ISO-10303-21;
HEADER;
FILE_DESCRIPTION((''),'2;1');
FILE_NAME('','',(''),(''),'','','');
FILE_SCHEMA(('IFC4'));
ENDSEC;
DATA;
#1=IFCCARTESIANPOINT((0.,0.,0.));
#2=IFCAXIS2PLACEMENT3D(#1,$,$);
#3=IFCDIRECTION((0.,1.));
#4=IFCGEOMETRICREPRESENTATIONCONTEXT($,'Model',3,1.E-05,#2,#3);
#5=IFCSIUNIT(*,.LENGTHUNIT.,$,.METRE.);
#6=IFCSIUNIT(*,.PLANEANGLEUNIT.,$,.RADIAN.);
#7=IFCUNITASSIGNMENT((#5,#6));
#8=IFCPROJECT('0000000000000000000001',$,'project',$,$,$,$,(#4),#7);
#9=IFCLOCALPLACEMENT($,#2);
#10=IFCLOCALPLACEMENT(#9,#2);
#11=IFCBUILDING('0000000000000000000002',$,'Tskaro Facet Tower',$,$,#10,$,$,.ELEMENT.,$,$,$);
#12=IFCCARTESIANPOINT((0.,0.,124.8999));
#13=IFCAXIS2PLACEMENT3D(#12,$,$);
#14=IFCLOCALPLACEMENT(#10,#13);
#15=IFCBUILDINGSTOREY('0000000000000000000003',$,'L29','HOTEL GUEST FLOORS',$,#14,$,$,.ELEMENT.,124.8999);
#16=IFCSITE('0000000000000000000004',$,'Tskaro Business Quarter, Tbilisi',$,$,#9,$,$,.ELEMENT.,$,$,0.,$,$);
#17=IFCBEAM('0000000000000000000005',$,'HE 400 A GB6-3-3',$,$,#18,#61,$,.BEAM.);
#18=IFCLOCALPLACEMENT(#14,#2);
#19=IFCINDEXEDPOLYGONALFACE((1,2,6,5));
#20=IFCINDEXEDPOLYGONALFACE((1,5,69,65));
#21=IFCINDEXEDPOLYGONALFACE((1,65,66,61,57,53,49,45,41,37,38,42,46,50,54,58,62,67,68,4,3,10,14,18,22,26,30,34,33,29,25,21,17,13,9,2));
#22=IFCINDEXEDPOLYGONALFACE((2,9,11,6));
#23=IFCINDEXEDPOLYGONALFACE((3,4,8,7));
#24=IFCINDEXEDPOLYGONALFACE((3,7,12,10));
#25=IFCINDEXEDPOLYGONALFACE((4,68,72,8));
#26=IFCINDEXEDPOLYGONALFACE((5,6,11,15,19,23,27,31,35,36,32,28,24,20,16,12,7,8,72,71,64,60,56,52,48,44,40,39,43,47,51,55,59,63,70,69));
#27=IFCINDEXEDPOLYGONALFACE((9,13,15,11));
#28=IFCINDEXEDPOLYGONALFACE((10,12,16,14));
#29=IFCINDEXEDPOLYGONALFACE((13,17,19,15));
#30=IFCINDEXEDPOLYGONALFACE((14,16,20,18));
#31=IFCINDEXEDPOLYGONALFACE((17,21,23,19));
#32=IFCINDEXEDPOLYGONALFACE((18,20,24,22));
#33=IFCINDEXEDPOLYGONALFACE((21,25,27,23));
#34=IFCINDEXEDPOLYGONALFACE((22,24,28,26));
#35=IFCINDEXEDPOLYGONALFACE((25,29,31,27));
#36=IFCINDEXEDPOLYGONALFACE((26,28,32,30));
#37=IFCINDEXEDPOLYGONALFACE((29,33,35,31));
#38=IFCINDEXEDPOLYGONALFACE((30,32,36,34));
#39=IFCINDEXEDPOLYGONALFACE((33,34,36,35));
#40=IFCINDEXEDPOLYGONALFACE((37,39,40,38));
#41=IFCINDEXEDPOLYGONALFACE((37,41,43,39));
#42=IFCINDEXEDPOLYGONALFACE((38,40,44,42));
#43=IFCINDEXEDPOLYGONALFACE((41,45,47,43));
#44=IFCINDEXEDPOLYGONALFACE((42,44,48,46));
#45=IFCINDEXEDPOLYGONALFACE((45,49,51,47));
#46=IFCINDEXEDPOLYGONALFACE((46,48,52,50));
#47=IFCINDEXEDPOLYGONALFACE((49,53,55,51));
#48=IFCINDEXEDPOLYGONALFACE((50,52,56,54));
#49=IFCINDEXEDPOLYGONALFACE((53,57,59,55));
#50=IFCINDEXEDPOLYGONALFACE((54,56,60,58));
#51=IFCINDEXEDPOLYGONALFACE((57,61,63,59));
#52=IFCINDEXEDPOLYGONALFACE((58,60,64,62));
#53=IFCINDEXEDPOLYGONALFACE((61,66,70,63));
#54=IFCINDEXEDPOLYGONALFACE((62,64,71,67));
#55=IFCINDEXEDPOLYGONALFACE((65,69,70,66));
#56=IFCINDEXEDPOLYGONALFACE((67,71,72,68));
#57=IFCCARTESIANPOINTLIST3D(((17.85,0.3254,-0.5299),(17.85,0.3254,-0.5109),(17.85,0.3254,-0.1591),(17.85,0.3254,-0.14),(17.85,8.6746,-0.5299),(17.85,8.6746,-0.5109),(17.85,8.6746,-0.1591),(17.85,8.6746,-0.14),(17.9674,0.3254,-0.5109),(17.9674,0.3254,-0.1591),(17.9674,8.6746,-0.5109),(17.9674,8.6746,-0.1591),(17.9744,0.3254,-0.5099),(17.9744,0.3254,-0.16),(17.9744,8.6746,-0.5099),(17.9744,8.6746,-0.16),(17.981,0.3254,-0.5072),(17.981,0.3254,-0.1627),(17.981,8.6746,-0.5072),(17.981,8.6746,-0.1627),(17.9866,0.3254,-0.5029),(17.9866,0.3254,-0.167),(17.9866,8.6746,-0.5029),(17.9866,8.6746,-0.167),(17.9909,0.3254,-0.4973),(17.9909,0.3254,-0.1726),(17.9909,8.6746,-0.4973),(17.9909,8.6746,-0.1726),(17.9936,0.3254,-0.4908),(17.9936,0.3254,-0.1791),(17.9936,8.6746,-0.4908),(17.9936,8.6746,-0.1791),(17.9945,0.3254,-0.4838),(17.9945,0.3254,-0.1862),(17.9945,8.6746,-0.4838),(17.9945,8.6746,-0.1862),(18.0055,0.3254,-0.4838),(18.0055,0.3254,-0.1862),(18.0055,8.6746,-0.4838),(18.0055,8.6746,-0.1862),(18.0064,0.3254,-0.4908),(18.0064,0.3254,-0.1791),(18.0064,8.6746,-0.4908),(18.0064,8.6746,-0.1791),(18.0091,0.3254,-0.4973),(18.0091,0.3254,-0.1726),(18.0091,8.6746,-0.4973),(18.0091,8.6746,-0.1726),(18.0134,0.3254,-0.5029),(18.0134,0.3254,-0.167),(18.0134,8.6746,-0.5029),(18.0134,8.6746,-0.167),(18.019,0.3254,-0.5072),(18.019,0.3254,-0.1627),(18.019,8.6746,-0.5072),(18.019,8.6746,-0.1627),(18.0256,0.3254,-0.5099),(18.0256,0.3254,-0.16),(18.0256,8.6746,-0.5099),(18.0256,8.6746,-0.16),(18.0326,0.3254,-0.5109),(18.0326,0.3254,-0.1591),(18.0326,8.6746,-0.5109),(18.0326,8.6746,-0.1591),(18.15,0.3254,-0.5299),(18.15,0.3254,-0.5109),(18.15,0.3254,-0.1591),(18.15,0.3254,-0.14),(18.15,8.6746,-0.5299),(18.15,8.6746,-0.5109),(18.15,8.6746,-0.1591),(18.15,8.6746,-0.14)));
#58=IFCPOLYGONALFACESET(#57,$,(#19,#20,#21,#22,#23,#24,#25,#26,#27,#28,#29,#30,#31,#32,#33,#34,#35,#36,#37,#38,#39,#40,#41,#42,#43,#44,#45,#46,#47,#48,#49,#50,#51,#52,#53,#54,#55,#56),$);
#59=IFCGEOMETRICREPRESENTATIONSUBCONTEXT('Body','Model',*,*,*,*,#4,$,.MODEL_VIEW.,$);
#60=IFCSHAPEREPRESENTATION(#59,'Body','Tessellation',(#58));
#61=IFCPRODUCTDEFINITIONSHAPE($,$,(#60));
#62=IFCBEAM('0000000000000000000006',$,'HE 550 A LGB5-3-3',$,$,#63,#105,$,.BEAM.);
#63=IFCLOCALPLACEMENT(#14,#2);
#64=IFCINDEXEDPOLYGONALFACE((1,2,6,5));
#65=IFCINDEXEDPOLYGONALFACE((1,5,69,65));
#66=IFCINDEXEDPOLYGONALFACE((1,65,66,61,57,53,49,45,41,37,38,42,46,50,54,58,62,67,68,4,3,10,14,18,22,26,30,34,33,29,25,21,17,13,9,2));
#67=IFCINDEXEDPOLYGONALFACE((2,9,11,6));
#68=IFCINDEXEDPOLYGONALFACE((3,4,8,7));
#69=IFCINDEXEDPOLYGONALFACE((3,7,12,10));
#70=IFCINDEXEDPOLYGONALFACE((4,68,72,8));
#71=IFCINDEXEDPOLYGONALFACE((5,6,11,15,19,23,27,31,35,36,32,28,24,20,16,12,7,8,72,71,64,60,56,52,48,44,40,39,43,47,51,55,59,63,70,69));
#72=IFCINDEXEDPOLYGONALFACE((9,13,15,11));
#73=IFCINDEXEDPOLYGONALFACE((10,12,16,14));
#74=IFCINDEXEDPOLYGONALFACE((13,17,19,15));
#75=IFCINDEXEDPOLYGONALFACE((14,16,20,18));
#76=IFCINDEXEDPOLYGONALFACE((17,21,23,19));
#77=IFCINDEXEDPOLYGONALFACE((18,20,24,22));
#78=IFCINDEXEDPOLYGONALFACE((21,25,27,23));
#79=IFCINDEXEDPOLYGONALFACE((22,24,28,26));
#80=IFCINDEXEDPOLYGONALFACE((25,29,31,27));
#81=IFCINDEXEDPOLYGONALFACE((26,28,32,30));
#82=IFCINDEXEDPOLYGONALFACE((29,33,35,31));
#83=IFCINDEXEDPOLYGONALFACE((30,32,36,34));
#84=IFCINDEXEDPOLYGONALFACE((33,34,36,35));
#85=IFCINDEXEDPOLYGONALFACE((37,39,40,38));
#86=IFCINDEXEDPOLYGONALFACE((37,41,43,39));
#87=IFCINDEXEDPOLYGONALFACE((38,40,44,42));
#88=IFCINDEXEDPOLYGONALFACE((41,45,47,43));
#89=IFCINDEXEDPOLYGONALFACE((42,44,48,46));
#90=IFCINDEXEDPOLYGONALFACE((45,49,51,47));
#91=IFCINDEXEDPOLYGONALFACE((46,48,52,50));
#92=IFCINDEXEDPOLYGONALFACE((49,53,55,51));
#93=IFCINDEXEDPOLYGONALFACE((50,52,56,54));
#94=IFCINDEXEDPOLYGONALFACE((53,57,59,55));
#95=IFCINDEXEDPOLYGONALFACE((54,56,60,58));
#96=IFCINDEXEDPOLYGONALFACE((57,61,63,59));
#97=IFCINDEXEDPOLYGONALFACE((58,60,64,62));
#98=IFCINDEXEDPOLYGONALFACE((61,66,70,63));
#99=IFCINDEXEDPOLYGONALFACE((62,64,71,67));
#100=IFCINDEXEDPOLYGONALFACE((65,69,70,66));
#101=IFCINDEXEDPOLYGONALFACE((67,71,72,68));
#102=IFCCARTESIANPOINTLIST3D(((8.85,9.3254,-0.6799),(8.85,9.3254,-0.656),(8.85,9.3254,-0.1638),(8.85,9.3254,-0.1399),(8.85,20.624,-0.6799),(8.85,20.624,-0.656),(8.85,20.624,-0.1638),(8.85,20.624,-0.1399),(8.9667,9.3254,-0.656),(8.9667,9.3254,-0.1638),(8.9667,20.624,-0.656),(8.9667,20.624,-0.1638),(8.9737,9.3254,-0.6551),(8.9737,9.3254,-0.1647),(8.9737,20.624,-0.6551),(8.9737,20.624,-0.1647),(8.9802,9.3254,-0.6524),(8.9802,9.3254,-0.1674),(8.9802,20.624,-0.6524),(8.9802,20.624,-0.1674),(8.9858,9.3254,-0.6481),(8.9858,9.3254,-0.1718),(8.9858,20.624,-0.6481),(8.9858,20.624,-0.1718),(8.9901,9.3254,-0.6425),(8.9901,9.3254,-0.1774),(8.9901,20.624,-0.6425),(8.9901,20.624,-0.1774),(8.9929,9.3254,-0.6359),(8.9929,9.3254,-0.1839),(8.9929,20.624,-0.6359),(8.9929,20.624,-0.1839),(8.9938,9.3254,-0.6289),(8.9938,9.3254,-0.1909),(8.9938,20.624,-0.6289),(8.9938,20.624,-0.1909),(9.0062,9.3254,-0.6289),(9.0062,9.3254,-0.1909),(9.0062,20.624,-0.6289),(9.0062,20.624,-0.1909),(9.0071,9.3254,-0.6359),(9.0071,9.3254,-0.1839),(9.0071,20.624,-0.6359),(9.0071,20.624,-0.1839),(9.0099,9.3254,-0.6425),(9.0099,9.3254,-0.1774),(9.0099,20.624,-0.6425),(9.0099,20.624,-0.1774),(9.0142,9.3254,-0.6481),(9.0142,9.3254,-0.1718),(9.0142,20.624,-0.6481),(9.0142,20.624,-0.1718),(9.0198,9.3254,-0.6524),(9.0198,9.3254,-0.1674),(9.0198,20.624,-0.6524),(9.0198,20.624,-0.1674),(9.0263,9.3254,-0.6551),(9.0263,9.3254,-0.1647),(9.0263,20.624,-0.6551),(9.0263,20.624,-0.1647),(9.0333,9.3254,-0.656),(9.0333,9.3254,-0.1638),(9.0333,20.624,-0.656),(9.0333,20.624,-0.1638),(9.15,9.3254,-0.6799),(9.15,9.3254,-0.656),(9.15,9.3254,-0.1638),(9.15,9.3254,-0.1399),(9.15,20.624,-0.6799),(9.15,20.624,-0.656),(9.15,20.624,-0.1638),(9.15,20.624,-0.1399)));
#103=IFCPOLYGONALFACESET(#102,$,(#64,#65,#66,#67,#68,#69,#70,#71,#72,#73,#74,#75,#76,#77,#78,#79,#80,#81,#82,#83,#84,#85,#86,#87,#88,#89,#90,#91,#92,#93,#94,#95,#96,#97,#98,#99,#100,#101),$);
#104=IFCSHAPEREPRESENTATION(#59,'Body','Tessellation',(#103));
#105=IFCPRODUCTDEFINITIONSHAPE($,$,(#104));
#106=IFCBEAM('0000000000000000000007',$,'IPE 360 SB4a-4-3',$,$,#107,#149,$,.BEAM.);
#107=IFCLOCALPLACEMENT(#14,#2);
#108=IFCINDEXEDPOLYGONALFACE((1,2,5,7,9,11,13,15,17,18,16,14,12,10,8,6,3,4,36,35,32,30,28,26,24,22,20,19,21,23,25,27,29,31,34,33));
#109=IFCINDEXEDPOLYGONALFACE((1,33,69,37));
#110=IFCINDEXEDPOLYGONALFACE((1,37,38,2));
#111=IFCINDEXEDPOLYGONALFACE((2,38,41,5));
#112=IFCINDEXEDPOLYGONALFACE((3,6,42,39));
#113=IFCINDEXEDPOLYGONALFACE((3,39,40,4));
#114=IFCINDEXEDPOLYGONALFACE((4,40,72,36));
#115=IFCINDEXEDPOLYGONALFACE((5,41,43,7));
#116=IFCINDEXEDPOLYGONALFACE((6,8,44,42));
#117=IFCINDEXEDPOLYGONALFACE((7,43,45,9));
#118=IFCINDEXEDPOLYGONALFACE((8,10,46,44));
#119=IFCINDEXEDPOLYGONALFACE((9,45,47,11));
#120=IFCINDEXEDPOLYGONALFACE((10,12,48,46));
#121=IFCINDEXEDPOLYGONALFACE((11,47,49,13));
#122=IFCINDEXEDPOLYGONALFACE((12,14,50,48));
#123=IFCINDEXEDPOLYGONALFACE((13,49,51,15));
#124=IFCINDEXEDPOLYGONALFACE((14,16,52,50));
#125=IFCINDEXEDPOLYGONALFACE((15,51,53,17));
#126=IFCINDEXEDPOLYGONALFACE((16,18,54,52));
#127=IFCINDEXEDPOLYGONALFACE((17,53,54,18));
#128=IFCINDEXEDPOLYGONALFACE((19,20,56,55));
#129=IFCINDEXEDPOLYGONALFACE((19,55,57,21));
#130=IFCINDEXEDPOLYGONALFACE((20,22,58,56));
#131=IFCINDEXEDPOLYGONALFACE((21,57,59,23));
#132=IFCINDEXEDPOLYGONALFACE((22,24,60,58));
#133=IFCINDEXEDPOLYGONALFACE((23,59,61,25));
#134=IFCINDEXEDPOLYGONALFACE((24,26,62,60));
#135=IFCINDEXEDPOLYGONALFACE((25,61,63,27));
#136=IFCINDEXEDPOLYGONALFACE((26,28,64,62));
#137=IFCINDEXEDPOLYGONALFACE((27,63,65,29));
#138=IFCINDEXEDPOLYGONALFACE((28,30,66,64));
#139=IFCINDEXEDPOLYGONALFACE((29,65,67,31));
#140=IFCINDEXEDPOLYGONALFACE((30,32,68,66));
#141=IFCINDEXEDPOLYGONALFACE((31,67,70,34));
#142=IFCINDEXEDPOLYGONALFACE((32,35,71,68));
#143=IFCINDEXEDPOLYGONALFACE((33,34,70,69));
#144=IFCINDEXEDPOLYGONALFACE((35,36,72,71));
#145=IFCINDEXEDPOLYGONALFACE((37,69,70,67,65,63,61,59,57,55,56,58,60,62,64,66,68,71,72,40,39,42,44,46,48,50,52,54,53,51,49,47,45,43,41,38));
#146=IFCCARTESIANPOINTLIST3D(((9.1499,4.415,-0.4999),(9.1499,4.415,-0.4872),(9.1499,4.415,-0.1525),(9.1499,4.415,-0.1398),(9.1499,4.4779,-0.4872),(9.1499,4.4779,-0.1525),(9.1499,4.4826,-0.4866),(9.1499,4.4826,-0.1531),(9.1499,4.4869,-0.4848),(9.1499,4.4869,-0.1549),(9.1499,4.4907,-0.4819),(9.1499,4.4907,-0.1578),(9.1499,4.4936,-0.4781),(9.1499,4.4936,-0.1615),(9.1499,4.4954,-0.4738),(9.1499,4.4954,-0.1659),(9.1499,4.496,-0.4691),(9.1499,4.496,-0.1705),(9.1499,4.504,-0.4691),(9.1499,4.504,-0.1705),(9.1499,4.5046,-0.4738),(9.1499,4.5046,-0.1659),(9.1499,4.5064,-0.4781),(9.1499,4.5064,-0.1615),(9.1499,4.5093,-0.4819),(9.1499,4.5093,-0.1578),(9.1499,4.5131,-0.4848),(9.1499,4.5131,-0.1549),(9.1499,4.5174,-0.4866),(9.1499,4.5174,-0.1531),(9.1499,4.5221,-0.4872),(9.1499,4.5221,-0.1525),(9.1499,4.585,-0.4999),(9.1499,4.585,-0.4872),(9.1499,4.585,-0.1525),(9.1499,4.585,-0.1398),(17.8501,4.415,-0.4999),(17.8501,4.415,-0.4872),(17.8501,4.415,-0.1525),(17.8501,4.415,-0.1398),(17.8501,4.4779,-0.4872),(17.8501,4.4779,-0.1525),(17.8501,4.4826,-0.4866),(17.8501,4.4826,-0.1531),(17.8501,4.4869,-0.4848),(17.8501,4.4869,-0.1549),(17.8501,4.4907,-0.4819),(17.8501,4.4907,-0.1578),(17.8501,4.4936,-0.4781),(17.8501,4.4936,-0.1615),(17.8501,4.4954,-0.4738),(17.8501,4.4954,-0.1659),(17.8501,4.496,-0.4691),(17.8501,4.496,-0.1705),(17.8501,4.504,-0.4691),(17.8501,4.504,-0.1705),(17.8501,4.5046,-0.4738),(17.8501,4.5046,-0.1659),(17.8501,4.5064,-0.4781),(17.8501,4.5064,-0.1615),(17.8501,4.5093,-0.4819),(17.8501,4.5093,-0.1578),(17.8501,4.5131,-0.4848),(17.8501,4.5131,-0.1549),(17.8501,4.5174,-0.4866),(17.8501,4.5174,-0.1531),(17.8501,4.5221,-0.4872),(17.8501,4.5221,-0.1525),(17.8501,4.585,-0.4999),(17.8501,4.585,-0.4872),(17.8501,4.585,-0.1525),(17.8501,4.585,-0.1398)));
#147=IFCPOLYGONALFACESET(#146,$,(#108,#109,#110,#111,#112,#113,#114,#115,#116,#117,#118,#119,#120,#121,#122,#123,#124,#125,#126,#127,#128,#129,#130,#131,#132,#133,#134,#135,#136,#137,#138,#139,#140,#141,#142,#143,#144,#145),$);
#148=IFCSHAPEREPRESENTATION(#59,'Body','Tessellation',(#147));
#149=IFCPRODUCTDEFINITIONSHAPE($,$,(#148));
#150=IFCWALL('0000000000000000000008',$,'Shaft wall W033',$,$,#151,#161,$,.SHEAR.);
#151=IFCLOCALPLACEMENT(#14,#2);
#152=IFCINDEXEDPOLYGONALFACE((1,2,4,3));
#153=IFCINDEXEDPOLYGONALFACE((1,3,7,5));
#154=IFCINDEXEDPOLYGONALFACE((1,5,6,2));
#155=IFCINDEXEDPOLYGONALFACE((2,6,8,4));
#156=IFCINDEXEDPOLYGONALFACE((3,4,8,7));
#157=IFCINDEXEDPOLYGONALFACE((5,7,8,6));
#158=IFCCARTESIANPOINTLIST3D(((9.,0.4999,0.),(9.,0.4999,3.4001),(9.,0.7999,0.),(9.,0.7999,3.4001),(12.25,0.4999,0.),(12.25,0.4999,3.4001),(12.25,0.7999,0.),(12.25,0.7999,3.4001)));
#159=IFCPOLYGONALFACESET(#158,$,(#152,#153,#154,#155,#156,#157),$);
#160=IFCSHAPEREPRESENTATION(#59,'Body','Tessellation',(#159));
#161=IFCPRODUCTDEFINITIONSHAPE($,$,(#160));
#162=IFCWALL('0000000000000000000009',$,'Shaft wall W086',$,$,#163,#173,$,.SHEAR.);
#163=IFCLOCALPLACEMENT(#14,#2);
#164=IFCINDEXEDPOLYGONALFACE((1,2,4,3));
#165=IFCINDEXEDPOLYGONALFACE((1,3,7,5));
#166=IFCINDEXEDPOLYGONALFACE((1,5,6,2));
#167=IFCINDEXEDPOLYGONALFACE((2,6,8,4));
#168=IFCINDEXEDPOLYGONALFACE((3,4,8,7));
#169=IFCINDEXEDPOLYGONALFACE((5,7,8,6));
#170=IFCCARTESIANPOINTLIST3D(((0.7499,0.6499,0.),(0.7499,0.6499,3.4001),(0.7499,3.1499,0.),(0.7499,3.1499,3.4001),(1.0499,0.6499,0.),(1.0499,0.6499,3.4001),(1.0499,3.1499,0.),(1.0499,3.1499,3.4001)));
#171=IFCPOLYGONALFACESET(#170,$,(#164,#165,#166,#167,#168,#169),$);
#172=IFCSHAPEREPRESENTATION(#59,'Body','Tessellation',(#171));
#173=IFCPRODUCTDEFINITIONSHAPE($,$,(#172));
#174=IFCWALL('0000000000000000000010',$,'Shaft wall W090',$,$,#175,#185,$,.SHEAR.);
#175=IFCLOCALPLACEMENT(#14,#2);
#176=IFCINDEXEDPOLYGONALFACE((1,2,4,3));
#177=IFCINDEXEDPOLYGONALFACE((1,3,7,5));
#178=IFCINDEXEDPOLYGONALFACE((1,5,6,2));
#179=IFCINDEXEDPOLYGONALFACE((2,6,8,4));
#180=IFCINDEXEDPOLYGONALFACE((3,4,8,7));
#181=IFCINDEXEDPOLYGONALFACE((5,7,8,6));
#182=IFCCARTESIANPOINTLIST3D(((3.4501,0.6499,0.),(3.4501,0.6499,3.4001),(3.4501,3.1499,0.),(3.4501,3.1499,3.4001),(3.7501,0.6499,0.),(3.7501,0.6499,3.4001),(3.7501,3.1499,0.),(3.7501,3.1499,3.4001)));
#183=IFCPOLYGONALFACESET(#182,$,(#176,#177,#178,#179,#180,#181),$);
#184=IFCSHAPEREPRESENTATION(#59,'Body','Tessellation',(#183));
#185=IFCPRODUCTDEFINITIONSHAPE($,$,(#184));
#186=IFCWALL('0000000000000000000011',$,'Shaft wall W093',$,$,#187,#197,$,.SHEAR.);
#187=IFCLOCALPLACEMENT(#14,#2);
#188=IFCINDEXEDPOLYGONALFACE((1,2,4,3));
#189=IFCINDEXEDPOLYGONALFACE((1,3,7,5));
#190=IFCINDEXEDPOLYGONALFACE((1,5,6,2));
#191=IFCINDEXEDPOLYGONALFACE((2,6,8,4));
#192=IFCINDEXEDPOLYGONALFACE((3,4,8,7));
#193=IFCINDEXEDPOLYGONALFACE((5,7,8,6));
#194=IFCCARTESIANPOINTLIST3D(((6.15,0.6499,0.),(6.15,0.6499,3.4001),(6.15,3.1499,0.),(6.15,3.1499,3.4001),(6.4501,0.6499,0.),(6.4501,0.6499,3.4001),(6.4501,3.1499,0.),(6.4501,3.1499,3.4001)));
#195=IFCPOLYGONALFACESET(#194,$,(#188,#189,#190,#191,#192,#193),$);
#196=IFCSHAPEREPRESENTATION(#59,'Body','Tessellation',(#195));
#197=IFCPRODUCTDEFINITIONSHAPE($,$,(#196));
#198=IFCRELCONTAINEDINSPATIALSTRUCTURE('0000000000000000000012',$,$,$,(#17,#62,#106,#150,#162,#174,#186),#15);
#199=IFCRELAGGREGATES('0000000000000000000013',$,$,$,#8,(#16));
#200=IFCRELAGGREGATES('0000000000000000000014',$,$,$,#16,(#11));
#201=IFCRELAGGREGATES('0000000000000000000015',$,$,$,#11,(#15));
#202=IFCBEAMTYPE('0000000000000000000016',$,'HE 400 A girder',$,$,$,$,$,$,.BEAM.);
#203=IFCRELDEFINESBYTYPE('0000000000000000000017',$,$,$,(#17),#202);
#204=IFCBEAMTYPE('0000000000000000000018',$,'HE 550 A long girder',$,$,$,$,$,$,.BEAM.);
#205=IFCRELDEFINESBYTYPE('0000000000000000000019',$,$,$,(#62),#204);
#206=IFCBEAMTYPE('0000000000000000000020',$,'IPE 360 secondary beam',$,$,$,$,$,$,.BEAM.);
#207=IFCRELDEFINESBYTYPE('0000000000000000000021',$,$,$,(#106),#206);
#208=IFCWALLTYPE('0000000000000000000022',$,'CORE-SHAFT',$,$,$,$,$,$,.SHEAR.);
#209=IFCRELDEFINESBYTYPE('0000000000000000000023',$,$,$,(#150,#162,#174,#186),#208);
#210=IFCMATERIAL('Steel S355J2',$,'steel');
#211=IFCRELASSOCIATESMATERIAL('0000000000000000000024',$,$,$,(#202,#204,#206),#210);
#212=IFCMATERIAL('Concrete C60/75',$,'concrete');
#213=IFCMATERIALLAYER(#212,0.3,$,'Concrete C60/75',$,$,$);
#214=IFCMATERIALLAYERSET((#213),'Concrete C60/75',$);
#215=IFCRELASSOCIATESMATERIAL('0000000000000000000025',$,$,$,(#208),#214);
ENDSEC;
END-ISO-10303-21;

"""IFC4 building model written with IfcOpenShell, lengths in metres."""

from ifc_helpers import new_model, si_unit, direction, frame, frame_2d, origin, origin_2d, place, context, subcontext, project, spatial, rectangle, i_section, extrude, material, layer, layer_set, material_profile, profile_set, type_object, element, save


model = new_model("IFC4")

# Units and contexts
model_context = context("Model", 3, precision=1e-05, world=origin(), true_north=direction((0.0, 1.0)))
body_context = subcontext(model_context, "Body", "Model", "MODEL_VIEW")
ifc_project = project(units=[si_unit("LENGTHUNIT", "METRE"), si_unit("PLANEANGLEUNIT", "RADIAN")], contexts=[model_context])

# Site, building, storey
site_placement = place(None, origin())
site = spatial("IfcSite", under=ifc_project, at=site_placement, Name="Tskaro Business Quarter, Tbilisi", CompositionType="ELEMENT", RefElevation=0.0)
building_placement = place(site_placement, origin())
building = spatial("IfcBuilding", under=site, at=building_placement, Name="Tskaro Facet Tower", CompositionType="ELEMENT")
storey_placement = place(building_placement, frame((0.0, 0.0, 124.8999)))
storey = spatial("IfcBuildingStorey", under=building, at=storey_placement, Name="L29", Description="HOTEL GUEST FLOORS", CompositionType="ELEMENT", Elevation=124.8999)

# Beams
ifc_material_1 = material(Name="Steel S355J2", Category="steel")
ifc_material_profile_1 = material_profile(ifc_material_1, i_section(OverallWidth=0.3, OverallDepth=0.3899, WebThickness=0.011, FlangeThickness=0.019, FilletRadius=0.0271, at=origin_2d()), Name="HE 400 A")
ifc_profile_set_1 = profile_set([ifc_material_profile_1], Name="Steel S355J2")
beam_type_1 = type_object("IfcBeamType", Name="HE 400 A girder", PredefinedType="BEAM", material=ifc_profile_set_1)
beam_1_placement = place(storey_placement, frame((18.0, 0.3254, -0.335), z_axis=(0.0, 1.0, 0.0), x_axis=(-1.0, 0.0, 0.0)))
element("IfcBeam", 1, at=beam_1_placement, inside=storey, type_object=beam_type_1, Name="HE 400 A GB6-3-3", PredefinedType="BEAM", context=body_context, shape_type="SweptSolid", body=[
    extrude(i_section(OverallWidth=0.3, OverallDepth=0.3899, WebThickness=0.011, FlangeThickness=0.019, FilletRadius=0.0271, at=origin_2d()), origin(), (0.0, 0.0, 1.0), 8.3491),
])
ifc_material_profile_2 = material_profile(ifc_material_1, i_section(OverallWidth=0.3, OverallDepth=0.54, WebThickness=0.0125, FlangeThickness=0.0239, FilletRadius=0.0271, at=origin_2d()), Name="HE 550 A")
ifc_profile_set_2 = profile_set([ifc_material_profile_2], Name="Steel S355J2")
beam_type_2 = type_object("IfcBeamType", Name="HE 550 A long girder", PredefinedType="BEAM", material=ifc_profile_set_2)
beam_2_placement = place(storey_placement, frame((9.0, 9.3254, -0.4099), z_axis=(0.0, 1.0, 0.0), x_axis=(-1.0, 0.0, 0.0)))
element("IfcBeam", 2, at=beam_2_placement, inside=storey, type_object=beam_type_2, Name="HE 550 A LGB5-3-3", PredefinedType="BEAM", context=body_context, shape_type="SweptSolid", body=[
    extrude(i_section(OverallWidth=0.3, OverallDepth=0.54, WebThickness=0.0125, FlangeThickness=0.0239, FilletRadius=0.0271, at=origin_2d()), origin(), (0.0, 0.0, 1.0), 11.2986),
])
ifc_material_profile_3 = material_profile(ifc_material_1, i_section(OverallWidth=0.1699, OverallDepth=0.3601, WebThickness=0.0081, FlangeThickness=0.0127, FilletRadius=0.0181, at=origin_2d()), Name="IPE 360")
ifc_profile_set_3 = profile_set([ifc_material_profile_3], Name="Steel S355J2")
beam_type_3 = type_object("IfcBeamType", Name="IPE 360 secondary beam", PredefinedType="BEAM", material=ifc_profile_set_3)
beam_3_placement = place(storey_placement, frame((9.1499, 4.5, -0.3198), z_axis=(1.0, 0.0, 0.0), x_axis=(0.0, 1.0, 0.0)))
element("IfcBeam", 3, at=beam_3_placement, inside=storey, type_object=beam_type_3, Name="IPE 360 SB4a-4-3", PredefinedType="BEAM", context=body_context, shape_type="SweptSolid", body=[
    extrude(i_section(OverallWidth=0.1699, OverallDepth=0.3601, WebThickness=0.0081, FlangeThickness=0.0127, FilletRadius=0.0181, at=origin_2d()), origin(), (0.0, 0.0, 1.0), 8.7002),
])

# Walls
ifc_material_2 = material(Name="Concrete C60/75", Category="concrete")
ifc_layer_1 = layer(ifc_material_2, 0.3, Name="Concrete C60/75")
ifc_layer_set_1 = layer_set([ifc_layer_1], Name="Concrete C60/75")
wall_type_1 = type_object("IfcWallType", Name="CORE-SHAFT", PredefinedType="SHEAR", material=ifc_layer_set_1)
wall_1_placement = place(storey_placement, frame((12.25, 0.6499, 0.0), z_axis=(0.0, 0.0, 1.0), x_axis=(-1.0, 0.0, 0.0)))
element("IfcWall", 4, at=wall_1_placement, inside=storey, type_object=wall_type_1, Name="Shaft wall W033", PredefinedType="SHEAR", context=body_context, shape_type="SweptSolid", body=[
    extrude(rectangle(XDim=3.25, YDim=0.3, at=frame_2d((1.625, 0.0))), origin(), (0.0, 0.0, 1.0), 3.4001),
])
for number, where, z_axis, x_axis, name in (
    (5, (0.8999, 0.6499, 0.0), (0.0, 0.0, 1.0), (0.0, 1.0, 0.0), "Shaft wall W086"),
    (6, (3.6001, 0.6499, 0.0), (0.0, 0.0, 1.0), (0.0, 1.0, 0.0), "Shaft wall W090"),
    (7, (6.3, 0.6499, 0.0), (0.0, 0.0, 1.0), (0.0, 1.0, 0.0), "Shaft wall W093"),
):
    element("IfcWall", number, at=place(storey_placement, frame(where, z_axis=z_axis, x_axis=x_axis)), inside=storey, type_object=wall_type_1, Name=name, PredefinedType="SHEAR", context=body_context, shape_type="SweptSolid", body=[
        extrude(rectangle(XDim=2.5, YDim=0.3, at=frame_2d((1.25, 0.0))), origin(), (0.0, 0.0, 1.0), 3.4001),
    ])

save(model, "model.ifc")
